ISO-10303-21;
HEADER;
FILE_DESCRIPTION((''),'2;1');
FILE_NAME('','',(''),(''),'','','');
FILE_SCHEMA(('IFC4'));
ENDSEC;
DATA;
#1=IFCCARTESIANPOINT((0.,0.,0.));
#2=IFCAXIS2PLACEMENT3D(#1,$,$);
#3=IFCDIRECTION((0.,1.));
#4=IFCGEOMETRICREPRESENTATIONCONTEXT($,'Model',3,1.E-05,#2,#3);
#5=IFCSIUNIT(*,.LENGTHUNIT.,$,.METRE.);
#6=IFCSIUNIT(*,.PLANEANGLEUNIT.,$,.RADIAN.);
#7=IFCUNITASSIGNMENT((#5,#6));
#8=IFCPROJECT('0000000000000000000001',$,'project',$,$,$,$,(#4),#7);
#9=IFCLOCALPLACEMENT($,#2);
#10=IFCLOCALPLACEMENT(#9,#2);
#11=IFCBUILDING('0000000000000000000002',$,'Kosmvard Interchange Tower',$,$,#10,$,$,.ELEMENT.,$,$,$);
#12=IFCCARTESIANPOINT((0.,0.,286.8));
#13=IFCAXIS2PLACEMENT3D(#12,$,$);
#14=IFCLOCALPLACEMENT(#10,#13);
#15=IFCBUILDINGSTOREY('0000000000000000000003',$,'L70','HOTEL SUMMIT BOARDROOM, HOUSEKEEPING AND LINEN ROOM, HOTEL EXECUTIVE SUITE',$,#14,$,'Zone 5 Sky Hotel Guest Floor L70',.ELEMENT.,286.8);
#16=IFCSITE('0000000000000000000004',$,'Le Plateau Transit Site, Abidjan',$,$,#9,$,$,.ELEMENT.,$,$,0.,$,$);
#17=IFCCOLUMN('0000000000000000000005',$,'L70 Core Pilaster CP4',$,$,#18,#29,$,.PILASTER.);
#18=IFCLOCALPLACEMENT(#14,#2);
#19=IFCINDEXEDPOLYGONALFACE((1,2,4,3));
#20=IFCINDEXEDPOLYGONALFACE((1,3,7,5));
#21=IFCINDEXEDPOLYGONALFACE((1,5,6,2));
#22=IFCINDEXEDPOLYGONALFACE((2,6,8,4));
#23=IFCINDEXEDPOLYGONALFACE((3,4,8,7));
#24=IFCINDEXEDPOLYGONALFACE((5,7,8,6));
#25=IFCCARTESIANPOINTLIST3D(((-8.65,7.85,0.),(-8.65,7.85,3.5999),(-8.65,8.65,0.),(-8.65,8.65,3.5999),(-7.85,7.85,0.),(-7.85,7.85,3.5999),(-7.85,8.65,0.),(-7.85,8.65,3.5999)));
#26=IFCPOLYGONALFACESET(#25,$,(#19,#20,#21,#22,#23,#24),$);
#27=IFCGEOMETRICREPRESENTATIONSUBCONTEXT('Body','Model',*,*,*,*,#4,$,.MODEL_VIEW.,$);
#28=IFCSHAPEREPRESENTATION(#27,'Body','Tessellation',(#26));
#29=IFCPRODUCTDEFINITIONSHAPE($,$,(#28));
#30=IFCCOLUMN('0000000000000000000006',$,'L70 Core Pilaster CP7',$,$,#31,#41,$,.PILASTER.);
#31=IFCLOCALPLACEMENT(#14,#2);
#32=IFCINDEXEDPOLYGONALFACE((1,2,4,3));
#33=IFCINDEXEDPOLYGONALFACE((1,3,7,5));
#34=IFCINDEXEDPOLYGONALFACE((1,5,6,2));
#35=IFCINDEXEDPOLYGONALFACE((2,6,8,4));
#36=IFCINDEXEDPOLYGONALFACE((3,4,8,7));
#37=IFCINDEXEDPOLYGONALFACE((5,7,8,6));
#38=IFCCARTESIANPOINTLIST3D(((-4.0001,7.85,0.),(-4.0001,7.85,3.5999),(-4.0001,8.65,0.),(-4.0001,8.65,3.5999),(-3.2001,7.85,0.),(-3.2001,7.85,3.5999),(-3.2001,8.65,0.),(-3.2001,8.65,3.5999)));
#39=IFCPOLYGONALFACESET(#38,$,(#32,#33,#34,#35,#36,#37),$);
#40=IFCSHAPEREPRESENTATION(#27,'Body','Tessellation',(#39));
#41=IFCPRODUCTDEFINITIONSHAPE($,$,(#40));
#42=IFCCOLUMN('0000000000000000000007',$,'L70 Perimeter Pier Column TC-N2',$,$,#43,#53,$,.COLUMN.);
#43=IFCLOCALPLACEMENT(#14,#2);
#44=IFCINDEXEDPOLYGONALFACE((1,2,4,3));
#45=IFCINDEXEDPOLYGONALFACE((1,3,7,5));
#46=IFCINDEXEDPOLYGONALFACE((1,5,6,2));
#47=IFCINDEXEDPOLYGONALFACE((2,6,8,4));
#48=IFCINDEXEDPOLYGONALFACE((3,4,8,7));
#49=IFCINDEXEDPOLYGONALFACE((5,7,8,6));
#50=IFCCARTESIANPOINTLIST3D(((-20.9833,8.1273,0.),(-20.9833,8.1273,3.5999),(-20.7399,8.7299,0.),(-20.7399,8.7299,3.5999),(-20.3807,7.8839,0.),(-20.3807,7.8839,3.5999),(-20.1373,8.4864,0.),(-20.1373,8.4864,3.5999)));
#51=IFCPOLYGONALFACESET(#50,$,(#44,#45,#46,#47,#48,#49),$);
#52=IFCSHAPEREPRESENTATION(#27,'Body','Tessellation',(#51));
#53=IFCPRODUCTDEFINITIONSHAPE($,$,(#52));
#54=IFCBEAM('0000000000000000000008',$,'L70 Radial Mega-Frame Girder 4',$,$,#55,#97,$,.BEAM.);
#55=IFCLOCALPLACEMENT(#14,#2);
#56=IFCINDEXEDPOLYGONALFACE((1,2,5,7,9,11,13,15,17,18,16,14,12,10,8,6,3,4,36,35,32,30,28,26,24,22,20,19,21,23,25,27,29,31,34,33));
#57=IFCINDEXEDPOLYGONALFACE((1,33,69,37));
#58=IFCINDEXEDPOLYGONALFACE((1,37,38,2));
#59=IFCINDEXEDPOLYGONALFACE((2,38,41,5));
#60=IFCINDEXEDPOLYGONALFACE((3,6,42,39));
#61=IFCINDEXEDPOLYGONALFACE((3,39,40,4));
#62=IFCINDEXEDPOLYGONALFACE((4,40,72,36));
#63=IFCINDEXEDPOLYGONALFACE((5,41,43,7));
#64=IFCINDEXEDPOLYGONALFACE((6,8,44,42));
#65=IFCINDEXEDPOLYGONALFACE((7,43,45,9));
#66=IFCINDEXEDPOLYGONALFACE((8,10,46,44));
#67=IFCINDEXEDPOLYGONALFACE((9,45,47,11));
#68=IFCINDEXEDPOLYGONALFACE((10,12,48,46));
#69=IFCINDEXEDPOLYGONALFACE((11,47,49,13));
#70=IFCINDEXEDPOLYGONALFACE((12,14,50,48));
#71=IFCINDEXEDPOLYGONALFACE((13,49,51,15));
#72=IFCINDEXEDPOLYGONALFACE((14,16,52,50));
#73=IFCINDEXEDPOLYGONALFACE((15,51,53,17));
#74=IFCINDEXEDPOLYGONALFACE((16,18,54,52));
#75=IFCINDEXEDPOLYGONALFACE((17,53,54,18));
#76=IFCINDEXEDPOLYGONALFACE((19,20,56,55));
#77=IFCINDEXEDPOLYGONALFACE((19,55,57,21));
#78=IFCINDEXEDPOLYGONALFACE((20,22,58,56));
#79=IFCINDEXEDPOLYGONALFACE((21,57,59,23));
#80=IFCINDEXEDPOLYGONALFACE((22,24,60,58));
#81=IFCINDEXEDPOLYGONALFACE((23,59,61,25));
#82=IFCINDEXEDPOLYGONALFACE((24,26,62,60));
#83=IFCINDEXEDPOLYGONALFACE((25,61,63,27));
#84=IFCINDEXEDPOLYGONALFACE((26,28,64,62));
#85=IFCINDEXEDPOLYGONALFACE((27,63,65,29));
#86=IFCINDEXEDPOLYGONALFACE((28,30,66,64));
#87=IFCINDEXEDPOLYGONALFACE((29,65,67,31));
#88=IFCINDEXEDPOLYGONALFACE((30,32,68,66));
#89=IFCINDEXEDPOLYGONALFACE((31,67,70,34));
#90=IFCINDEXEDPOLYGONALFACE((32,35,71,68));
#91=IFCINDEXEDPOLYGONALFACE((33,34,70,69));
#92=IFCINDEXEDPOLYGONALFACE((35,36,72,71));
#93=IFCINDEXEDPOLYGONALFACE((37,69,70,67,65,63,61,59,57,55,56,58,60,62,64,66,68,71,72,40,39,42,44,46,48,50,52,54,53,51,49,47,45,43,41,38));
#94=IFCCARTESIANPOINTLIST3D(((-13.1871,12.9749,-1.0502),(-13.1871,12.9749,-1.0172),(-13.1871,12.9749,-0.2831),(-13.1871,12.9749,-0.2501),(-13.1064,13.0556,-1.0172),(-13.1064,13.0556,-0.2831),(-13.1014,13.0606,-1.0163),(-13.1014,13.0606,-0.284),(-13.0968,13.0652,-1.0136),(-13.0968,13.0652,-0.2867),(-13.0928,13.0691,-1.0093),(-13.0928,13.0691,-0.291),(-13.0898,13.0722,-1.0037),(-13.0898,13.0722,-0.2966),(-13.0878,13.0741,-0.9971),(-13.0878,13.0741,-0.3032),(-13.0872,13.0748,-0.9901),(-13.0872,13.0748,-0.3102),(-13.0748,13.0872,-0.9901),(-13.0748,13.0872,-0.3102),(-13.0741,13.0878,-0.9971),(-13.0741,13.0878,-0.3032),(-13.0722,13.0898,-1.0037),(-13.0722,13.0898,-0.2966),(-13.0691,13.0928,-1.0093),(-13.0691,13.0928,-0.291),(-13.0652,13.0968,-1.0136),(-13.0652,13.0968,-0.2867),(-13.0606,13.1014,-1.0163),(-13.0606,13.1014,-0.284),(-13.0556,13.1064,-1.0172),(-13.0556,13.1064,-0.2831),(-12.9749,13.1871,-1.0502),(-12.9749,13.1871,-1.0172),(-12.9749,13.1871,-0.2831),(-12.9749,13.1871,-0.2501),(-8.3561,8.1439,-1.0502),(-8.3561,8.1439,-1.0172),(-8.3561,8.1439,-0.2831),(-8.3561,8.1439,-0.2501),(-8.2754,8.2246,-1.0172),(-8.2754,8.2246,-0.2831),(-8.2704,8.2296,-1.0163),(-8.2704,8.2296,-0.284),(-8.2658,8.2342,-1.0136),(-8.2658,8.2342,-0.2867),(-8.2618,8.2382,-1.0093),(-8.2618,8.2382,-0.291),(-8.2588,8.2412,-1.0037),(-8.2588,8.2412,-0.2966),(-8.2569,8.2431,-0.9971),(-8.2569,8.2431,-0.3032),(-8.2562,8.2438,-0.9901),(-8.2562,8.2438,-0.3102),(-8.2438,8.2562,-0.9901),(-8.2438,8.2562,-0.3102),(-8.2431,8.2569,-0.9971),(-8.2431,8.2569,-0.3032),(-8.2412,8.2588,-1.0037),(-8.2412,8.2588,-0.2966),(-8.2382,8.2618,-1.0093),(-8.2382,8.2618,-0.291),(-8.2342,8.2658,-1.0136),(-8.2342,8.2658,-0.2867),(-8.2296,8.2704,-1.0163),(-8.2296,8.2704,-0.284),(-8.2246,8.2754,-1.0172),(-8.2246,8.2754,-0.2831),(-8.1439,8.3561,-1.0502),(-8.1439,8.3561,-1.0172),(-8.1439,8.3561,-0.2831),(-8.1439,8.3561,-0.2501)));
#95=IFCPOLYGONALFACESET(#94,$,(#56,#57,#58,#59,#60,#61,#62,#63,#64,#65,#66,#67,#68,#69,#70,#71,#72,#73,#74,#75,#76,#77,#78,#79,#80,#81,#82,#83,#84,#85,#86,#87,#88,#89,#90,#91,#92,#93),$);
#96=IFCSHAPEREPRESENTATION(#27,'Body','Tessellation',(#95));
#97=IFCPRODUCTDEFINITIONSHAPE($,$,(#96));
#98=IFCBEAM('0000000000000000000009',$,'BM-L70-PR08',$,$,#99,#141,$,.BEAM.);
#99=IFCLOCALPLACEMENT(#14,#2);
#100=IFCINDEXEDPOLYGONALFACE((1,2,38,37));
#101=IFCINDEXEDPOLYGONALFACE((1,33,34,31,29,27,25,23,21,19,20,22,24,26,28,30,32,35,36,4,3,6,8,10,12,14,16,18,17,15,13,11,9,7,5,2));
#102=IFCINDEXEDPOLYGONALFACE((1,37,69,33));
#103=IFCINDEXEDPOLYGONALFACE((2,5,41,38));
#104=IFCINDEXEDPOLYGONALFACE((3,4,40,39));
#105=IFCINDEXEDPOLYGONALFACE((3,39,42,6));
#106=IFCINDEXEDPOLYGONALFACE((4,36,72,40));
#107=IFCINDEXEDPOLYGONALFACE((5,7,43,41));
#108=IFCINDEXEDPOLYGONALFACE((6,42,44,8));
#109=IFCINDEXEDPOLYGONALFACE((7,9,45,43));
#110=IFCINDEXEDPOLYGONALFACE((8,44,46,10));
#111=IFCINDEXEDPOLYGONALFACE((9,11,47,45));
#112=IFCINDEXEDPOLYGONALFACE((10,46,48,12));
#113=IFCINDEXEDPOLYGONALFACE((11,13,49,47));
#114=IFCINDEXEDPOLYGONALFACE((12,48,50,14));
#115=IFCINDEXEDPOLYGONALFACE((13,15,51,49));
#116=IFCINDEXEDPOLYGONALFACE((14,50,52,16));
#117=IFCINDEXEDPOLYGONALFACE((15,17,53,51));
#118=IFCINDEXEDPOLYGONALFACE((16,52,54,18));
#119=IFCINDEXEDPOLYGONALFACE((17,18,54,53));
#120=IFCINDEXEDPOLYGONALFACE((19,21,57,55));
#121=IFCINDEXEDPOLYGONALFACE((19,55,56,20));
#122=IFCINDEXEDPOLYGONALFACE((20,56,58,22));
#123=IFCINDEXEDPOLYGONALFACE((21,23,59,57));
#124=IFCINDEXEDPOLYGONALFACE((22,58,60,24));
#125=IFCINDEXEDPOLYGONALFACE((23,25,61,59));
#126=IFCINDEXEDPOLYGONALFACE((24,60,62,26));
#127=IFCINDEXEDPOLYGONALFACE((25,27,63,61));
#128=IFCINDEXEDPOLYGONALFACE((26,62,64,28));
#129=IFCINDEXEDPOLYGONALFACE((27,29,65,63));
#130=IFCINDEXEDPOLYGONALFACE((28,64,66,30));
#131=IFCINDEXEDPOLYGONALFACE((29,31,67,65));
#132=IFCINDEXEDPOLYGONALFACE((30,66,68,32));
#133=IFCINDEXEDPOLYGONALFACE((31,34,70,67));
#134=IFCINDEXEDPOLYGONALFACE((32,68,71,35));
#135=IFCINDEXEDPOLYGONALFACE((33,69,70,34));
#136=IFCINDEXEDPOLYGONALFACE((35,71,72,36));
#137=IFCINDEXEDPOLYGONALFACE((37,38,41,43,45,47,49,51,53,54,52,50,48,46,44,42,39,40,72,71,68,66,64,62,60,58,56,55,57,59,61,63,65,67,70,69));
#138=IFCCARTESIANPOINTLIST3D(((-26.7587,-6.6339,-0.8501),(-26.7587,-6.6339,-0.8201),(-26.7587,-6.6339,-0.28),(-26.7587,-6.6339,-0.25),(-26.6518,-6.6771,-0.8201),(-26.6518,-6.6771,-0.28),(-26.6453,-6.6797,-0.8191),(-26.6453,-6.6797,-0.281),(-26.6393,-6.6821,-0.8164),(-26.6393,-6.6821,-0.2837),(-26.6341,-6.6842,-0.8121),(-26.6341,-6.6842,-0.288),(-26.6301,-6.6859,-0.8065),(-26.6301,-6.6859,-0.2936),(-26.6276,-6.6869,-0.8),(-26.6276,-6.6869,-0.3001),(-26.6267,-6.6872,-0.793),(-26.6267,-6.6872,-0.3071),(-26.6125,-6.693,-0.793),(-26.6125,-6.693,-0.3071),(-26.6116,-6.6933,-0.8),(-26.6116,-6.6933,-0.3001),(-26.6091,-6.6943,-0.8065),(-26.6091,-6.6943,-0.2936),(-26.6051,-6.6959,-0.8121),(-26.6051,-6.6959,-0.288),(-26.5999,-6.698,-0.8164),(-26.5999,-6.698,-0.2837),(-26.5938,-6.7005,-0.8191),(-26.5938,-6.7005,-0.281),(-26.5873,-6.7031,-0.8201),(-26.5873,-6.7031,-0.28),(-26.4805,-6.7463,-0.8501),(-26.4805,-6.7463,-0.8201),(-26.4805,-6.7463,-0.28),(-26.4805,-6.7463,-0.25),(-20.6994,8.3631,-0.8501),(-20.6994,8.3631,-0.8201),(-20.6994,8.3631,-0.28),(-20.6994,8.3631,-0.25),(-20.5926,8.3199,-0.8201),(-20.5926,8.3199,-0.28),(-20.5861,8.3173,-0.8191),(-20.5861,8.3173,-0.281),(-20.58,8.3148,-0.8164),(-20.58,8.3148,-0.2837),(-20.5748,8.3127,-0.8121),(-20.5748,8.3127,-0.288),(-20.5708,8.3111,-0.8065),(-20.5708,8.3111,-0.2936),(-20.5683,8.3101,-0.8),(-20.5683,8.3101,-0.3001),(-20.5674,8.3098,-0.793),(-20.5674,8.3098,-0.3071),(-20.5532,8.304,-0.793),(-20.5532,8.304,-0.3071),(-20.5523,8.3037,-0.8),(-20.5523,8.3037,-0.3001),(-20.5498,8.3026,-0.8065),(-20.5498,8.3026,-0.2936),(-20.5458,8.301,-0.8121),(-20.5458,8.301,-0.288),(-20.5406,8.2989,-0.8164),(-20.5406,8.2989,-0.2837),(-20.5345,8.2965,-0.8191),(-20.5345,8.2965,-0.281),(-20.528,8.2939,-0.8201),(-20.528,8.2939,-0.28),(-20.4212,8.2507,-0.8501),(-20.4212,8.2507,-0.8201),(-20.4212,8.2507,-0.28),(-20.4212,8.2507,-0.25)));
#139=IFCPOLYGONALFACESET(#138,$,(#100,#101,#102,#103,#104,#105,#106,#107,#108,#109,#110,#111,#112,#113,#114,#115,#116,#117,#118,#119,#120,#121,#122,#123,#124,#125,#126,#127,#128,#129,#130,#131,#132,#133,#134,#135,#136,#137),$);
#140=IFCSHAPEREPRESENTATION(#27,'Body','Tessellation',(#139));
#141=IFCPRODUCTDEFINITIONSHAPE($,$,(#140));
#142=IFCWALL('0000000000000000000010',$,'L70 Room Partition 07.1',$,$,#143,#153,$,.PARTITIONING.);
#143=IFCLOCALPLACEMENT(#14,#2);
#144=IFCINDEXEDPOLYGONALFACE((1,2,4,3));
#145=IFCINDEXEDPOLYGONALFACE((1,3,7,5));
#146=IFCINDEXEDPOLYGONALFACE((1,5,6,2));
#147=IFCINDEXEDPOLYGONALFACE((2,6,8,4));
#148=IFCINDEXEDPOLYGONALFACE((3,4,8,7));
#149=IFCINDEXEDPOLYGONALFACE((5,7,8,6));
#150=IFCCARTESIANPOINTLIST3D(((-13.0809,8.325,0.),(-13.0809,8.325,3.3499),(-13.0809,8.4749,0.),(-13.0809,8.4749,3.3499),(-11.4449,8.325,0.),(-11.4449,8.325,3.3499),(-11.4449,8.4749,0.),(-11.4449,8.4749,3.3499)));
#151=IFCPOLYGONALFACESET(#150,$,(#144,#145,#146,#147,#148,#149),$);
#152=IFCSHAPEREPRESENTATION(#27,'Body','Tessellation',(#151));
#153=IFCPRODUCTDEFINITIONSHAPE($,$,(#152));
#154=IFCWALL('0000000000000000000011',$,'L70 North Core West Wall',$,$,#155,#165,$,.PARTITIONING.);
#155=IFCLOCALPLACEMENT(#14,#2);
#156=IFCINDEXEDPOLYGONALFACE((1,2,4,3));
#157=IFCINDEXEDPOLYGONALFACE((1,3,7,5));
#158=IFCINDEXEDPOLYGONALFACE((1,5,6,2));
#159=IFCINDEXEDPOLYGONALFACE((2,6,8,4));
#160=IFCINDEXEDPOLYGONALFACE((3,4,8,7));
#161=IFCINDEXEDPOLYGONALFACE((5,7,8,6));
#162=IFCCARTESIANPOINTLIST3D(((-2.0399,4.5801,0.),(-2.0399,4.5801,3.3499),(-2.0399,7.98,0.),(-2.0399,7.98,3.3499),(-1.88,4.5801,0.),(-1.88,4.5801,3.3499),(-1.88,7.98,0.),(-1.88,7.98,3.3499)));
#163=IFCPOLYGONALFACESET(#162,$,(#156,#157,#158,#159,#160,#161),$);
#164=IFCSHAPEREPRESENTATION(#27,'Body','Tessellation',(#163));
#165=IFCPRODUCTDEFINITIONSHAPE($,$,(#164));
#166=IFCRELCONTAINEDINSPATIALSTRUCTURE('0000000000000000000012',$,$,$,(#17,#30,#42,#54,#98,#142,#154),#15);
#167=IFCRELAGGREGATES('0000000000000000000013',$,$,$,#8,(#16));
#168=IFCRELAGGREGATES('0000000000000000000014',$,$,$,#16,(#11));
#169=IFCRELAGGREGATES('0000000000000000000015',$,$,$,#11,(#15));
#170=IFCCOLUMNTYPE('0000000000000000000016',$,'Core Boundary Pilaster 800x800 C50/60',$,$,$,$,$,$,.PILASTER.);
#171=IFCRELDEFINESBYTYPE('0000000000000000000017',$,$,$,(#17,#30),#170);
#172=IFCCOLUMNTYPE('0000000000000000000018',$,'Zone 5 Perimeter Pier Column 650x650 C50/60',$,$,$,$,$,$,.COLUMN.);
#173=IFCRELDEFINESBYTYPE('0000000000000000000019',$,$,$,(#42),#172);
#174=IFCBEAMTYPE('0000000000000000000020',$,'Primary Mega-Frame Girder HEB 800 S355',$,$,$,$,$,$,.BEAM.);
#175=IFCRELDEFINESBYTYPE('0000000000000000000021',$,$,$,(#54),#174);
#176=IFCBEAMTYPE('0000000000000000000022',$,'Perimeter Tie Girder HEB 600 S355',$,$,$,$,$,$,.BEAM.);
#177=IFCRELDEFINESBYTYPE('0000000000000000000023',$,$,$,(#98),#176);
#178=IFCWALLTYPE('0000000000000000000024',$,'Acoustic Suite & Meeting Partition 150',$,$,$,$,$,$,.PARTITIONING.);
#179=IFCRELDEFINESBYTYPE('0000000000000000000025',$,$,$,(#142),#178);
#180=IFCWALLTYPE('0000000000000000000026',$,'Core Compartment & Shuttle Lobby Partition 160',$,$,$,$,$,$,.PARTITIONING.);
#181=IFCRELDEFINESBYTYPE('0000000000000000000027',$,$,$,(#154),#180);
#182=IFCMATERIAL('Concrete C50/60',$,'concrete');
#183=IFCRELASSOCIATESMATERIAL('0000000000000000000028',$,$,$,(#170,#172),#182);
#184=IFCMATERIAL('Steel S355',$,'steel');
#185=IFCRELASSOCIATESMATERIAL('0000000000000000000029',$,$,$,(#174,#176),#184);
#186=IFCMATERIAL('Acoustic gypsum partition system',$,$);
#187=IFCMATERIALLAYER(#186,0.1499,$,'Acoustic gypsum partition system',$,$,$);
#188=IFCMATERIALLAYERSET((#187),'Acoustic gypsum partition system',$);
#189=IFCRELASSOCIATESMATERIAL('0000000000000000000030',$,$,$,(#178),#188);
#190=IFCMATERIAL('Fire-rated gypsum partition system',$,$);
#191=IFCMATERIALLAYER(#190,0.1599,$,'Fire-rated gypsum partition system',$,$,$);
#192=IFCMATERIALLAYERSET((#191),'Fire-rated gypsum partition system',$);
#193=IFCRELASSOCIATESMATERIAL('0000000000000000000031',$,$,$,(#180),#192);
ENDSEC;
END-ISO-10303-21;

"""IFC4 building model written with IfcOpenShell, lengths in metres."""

from ifc_helpers import new_model, si_unit, direction, frame, frame_2d, origin, origin_2d, place, context, subcontext, project, spatial, rectangle, i_section, extrude, source, transform, mapped, material, layer, layer_set, material_profile, profile_set, type_object, element, save


model = new_model("IFC4")

# Units and contexts
model_context = context("Model", 3, precision=1e-05, world=origin(), true_north=direction((0.0, 1.0)))
body_context = subcontext(model_context, "Body", "Model", "MODEL_VIEW")
ifc_project = project(units=[si_unit("LENGTHUNIT", "METRE"), si_unit("PLANEANGLEUNIT", "RADIAN")], contexts=[model_context])

# Site, building, storey
site_placement = place(None, origin())
site = spatial("IfcSite", under=ifc_project, at=site_placement, Name="Le Plateau Transit Site, Abidjan", CompositionType="ELEMENT", RefElevation=0.0)
building_placement = place(site_placement, origin())
building = spatial("IfcBuilding", under=site, at=building_placement, Name="Kosmvard Interchange Tower", CompositionType="ELEMENT")
storey_placement = place(building_placement, frame((0.0, 0.0, 286.8)))
storey = spatial("IfcBuildingStorey", under=building, at=storey_placement, Name="L70", Description="HOTEL SUMMIT BOARDROOM, HOUSEKEEPING AND LINEN ROOM, HOTEL EXECUTIVE SUITE", LongName="Zone 5 Sky Hotel Guest Floor L70", CompositionType="ELEMENT", Elevation=286.8)

# Columns
ifc_material_1 = material(Name="Concrete C50/60", Category="concrete")
ifc_material_profile_1 = material_profile(ifc_material_1, rectangle(XDim=0.8, YDim=0.8, at=origin_2d()), Name="CP 800x800")
ifc_profile_set_1 = profile_set([ifc_material_profile_1], Name="Concrete C50/60")
column_type_1 = type_object("IfcColumnType", Name="Core Boundary Pilaster 800x800 C50/60", PredefinedType="PILASTER", material=ifc_profile_set_1)
shared_shape_1 = source(origin(), body_context, "Body", "SweptSolid", [
    extrude(rectangle(XDim=0.8, YDim=0.8, at=origin_2d()), origin(), (0.0, 0.0, 1.0), 3.5999),
])
for number, where, z_axis, x_axis, name in (
    (1, (-8.25, 8.25, 0.0), (0.0, 0.0, 1.0), (1.0, 0.0, 0.0), "L70 Core Pilaster CP4"),
    (2, (-3.6001, 8.25, 0.0), (0.0, 0.0, 1.0), (1.0, 0.0, 0.0), "L70 Core Pilaster CP7"),
):
    element("IfcColumn", number, at=place(storey_placement, frame(where, z_axis=z_axis, x_axis=x_axis)), inside=storey, type_object=column_type_1, Name=name, PredefinedType="PILASTER", context=body_context, shape_type="MappedRepresentation", body=[
        mapped(shared_shape_1, transform((0.0, 0.0, 0.0), scale=1.0)),
    ])
ifc_material_profile_2 = material_profile(ifc_material_1, rectangle(XDim=0.6499, YDim=0.6499, at=origin_2d()), Name="TC 650x650")
ifc_profile_set_2 = profile_set([ifc_material_profile_2], Name="Concrete C50/60")
column_type_2 = type_object("IfcColumnType", Name="Zone 5 Perimeter Pier Column 650x650 C50/60", PredefinedType="COLUMN", material=ifc_profile_set_2)
shared_shape_2 = source(origin(), body_context, "Body", "SweptSolid", [
    extrude(rectangle(XDim=0.6499, YDim=0.6499, at=origin_2d()), origin(), (0.0, 0.0, 1.0), 3.5999),
])
column_placement = place(storey_placement, frame((-20.5603, 8.3069, 0.0), z_axis=(0.0, 0.0, 1.0), x_axis=(0.374607, 0.927184, 0.0)))
element("IfcColumn", 3, at=column_placement, inside=storey, type_object=column_type_2, Name="L70 Perimeter Pier Column TC-N2", PredefinedType="COLUMN", context=body_context, shape_type="MappedRepresentation", body=[
    mapped(shared_shape_2, transform((0.0, 0.0, 0.0), scale=1.0)),
])

# Beams
ifc_material_2 = material(Name="Steel S355", Category="steel")
ifc_material_profile_3 = material_profile(ifc_material_2, i_section(OverallWidth=0.3, OverallDepth=0.8, WebThickness=0.0176, FlangeThickness=0.033, FilletRadius=0.0271, at=origin_2d()), Name="HEB 800")
ifc_profile_set_3 = profile_set([ifc_material_profile_3], Name="Steel S355")
beam_type_1 = type_object("IfcBeamType", Name="Primary Mega-Frame Girder HEB 800 S355", PredefinedType="BEAM", material=ifc_profile_set_3)
shared_shape_3 = source(origin(), body_context, "Body", "SweptSolid", [
    extrude(i_section(OverallWidth=0.3, OverallDepth=0.8, WebThickness=0.0176, FlangeThickness=0.033, FilletRadius=0.0271, at=origin_2d()), origin(), (0.0, 0.0, 1.0), 6.832),
])
beam_1_placement = place(storey_placement, frame((-8.25, 8.25, -0.6501), z_axis=(-0.707107, 0.707107, 0.0), x_axis=(-0.707107, -0.707107, 0.0)))
element("IfcBeam", 4, at=beam_1_placement, inside=storey, type_object=beam_type_1, Name="L70 Radial Mega-Frame Girder 4", PredefinedType="BEAM", context=body_context, shape_type="MappedRepresentation", body=[
    mapped(shared_shape_3, transform((0.0, 0.0, 0.0), scale=1.0)),
])
ifc_material_profile_4 = material_profile(ifc_material_2, i_section(OverallWidth=0.3, OverallDepth=0.6001, WebThickness=0.0154, FlangeThickness=0.03, FilletRadius=0.0271, at=origin_2d()), Name="HEB 600")
ifc_profile_set_4 = profile_set([ifc_material_profile_4], Name="Steel S355")
beam_type_2 = type_object("IfcBeamType", Name="Perimeter Tie Girder HEB 600 S355", PredefinedType="BEAM", material=ifc_profile_set_4)
shared_shape_4 = source(origin(), body_context, "Body", "SweptSolid", [
    extrude(i_section(OverallWidth=0.3, OverallDepth=0.6001, WebThickness=0.0154, FlangeThickness=0.03, FilletRadius=0.0271, at=origin_2d()), origin(), (0.0, 0.0, 1.0), 16.1748),
])
beam_2_placement = place(storey_placement, frame((-20.5603, 8.3069, -0.55), z_axis=(-0.374613, -0.927181, 0.0), x_axis=(0.927181, -0.374613, 0.0)))
element("IfcBeam", 5, at=beam_2_placement, inside=storey, type_object=beam_type_2, Name="BM-L70-PR08", PredefinedType="BEAM", context=body_context, shape_type="MappedRepresentation", body=[
    mapped(shared_shape_4, transform((0.0, 0.0, 0.0), scale=1.0)),
])

# Walls
ifc_material_3 = material(Name="Acoustic gypsum partition system")
ifc_layer_1 = layer(ifc_material_3, 0.1499, Name="Acoustic gypsum partition system")
ifc_layer_set_1 = layer_set([ifc_layer_1], Name="Acoustic gypsum partition system")
wall_type_1 = type_object("IfcWallType", Name="Acoustic Suite & Meeting Partition 150", PredefinedType="PARTITIONING", material=ifc_layer_set_1)
wall_1_placement = place(storey_placement, frame((-11.4451, 8.3999, 0.0), z_axis=(0.0, 0.0, 1.0), x_axis=(-1.0, 0.0, 0.0)))
element("IfcWall", 6, at=wall_1_placement, inside=storey, type_object=wall_type_1, Name="L70 Room Partition 07.1", PredefinedType="PARTITIONING", context=body_context, shape_type="SweptSolid", body=[
    extrude(rectangle(XDim=1.636, YDim=0.1499, at=frame_2d((0.8179, 0.0))), origin(), (0.0, 0.0, 1.0), 3.3499),
])
ifc_material_4 = material(Name="Fire-rated gypsum partition system")
ifc_layer_2 = layer(ifc_material_4, 0.1599, Name="Fire-rated gypsum partition system")
ifc_layer_set_2 = layer_set([ifc_layer_2], Name="Fire-rated gypsum partition system")
wall_type_2 = type_object("IfcWallType", Name="Core Compartment & Shuttle Lobby Partition 160", PredefinedType="PARTITIONING", material=ifc_layer_set_2)
wall_2_placement = place(storey_placement, frame((-1.96, 4.5801, 0.0), z_axis=(0.0, 0.0, 1.0), x_axis=(0.0, 1.0, 0.0)))
element("IfcWall", 7, at=wall_2_placement, inside=storey, type_object=wall_type_2, Name="L70 North Core West Wall", PredefinedType="PARTITIONING", context=body_context, shape_type="SweptSolid", body=[
    extrude(rectangle(XDim=3.3999, YDim=0.1599, at=frame_2d((1.7, 0.0))), origin(), (0.0, 0.0, 1.0), 3.3499),
])

save(model, "model.ifc")
